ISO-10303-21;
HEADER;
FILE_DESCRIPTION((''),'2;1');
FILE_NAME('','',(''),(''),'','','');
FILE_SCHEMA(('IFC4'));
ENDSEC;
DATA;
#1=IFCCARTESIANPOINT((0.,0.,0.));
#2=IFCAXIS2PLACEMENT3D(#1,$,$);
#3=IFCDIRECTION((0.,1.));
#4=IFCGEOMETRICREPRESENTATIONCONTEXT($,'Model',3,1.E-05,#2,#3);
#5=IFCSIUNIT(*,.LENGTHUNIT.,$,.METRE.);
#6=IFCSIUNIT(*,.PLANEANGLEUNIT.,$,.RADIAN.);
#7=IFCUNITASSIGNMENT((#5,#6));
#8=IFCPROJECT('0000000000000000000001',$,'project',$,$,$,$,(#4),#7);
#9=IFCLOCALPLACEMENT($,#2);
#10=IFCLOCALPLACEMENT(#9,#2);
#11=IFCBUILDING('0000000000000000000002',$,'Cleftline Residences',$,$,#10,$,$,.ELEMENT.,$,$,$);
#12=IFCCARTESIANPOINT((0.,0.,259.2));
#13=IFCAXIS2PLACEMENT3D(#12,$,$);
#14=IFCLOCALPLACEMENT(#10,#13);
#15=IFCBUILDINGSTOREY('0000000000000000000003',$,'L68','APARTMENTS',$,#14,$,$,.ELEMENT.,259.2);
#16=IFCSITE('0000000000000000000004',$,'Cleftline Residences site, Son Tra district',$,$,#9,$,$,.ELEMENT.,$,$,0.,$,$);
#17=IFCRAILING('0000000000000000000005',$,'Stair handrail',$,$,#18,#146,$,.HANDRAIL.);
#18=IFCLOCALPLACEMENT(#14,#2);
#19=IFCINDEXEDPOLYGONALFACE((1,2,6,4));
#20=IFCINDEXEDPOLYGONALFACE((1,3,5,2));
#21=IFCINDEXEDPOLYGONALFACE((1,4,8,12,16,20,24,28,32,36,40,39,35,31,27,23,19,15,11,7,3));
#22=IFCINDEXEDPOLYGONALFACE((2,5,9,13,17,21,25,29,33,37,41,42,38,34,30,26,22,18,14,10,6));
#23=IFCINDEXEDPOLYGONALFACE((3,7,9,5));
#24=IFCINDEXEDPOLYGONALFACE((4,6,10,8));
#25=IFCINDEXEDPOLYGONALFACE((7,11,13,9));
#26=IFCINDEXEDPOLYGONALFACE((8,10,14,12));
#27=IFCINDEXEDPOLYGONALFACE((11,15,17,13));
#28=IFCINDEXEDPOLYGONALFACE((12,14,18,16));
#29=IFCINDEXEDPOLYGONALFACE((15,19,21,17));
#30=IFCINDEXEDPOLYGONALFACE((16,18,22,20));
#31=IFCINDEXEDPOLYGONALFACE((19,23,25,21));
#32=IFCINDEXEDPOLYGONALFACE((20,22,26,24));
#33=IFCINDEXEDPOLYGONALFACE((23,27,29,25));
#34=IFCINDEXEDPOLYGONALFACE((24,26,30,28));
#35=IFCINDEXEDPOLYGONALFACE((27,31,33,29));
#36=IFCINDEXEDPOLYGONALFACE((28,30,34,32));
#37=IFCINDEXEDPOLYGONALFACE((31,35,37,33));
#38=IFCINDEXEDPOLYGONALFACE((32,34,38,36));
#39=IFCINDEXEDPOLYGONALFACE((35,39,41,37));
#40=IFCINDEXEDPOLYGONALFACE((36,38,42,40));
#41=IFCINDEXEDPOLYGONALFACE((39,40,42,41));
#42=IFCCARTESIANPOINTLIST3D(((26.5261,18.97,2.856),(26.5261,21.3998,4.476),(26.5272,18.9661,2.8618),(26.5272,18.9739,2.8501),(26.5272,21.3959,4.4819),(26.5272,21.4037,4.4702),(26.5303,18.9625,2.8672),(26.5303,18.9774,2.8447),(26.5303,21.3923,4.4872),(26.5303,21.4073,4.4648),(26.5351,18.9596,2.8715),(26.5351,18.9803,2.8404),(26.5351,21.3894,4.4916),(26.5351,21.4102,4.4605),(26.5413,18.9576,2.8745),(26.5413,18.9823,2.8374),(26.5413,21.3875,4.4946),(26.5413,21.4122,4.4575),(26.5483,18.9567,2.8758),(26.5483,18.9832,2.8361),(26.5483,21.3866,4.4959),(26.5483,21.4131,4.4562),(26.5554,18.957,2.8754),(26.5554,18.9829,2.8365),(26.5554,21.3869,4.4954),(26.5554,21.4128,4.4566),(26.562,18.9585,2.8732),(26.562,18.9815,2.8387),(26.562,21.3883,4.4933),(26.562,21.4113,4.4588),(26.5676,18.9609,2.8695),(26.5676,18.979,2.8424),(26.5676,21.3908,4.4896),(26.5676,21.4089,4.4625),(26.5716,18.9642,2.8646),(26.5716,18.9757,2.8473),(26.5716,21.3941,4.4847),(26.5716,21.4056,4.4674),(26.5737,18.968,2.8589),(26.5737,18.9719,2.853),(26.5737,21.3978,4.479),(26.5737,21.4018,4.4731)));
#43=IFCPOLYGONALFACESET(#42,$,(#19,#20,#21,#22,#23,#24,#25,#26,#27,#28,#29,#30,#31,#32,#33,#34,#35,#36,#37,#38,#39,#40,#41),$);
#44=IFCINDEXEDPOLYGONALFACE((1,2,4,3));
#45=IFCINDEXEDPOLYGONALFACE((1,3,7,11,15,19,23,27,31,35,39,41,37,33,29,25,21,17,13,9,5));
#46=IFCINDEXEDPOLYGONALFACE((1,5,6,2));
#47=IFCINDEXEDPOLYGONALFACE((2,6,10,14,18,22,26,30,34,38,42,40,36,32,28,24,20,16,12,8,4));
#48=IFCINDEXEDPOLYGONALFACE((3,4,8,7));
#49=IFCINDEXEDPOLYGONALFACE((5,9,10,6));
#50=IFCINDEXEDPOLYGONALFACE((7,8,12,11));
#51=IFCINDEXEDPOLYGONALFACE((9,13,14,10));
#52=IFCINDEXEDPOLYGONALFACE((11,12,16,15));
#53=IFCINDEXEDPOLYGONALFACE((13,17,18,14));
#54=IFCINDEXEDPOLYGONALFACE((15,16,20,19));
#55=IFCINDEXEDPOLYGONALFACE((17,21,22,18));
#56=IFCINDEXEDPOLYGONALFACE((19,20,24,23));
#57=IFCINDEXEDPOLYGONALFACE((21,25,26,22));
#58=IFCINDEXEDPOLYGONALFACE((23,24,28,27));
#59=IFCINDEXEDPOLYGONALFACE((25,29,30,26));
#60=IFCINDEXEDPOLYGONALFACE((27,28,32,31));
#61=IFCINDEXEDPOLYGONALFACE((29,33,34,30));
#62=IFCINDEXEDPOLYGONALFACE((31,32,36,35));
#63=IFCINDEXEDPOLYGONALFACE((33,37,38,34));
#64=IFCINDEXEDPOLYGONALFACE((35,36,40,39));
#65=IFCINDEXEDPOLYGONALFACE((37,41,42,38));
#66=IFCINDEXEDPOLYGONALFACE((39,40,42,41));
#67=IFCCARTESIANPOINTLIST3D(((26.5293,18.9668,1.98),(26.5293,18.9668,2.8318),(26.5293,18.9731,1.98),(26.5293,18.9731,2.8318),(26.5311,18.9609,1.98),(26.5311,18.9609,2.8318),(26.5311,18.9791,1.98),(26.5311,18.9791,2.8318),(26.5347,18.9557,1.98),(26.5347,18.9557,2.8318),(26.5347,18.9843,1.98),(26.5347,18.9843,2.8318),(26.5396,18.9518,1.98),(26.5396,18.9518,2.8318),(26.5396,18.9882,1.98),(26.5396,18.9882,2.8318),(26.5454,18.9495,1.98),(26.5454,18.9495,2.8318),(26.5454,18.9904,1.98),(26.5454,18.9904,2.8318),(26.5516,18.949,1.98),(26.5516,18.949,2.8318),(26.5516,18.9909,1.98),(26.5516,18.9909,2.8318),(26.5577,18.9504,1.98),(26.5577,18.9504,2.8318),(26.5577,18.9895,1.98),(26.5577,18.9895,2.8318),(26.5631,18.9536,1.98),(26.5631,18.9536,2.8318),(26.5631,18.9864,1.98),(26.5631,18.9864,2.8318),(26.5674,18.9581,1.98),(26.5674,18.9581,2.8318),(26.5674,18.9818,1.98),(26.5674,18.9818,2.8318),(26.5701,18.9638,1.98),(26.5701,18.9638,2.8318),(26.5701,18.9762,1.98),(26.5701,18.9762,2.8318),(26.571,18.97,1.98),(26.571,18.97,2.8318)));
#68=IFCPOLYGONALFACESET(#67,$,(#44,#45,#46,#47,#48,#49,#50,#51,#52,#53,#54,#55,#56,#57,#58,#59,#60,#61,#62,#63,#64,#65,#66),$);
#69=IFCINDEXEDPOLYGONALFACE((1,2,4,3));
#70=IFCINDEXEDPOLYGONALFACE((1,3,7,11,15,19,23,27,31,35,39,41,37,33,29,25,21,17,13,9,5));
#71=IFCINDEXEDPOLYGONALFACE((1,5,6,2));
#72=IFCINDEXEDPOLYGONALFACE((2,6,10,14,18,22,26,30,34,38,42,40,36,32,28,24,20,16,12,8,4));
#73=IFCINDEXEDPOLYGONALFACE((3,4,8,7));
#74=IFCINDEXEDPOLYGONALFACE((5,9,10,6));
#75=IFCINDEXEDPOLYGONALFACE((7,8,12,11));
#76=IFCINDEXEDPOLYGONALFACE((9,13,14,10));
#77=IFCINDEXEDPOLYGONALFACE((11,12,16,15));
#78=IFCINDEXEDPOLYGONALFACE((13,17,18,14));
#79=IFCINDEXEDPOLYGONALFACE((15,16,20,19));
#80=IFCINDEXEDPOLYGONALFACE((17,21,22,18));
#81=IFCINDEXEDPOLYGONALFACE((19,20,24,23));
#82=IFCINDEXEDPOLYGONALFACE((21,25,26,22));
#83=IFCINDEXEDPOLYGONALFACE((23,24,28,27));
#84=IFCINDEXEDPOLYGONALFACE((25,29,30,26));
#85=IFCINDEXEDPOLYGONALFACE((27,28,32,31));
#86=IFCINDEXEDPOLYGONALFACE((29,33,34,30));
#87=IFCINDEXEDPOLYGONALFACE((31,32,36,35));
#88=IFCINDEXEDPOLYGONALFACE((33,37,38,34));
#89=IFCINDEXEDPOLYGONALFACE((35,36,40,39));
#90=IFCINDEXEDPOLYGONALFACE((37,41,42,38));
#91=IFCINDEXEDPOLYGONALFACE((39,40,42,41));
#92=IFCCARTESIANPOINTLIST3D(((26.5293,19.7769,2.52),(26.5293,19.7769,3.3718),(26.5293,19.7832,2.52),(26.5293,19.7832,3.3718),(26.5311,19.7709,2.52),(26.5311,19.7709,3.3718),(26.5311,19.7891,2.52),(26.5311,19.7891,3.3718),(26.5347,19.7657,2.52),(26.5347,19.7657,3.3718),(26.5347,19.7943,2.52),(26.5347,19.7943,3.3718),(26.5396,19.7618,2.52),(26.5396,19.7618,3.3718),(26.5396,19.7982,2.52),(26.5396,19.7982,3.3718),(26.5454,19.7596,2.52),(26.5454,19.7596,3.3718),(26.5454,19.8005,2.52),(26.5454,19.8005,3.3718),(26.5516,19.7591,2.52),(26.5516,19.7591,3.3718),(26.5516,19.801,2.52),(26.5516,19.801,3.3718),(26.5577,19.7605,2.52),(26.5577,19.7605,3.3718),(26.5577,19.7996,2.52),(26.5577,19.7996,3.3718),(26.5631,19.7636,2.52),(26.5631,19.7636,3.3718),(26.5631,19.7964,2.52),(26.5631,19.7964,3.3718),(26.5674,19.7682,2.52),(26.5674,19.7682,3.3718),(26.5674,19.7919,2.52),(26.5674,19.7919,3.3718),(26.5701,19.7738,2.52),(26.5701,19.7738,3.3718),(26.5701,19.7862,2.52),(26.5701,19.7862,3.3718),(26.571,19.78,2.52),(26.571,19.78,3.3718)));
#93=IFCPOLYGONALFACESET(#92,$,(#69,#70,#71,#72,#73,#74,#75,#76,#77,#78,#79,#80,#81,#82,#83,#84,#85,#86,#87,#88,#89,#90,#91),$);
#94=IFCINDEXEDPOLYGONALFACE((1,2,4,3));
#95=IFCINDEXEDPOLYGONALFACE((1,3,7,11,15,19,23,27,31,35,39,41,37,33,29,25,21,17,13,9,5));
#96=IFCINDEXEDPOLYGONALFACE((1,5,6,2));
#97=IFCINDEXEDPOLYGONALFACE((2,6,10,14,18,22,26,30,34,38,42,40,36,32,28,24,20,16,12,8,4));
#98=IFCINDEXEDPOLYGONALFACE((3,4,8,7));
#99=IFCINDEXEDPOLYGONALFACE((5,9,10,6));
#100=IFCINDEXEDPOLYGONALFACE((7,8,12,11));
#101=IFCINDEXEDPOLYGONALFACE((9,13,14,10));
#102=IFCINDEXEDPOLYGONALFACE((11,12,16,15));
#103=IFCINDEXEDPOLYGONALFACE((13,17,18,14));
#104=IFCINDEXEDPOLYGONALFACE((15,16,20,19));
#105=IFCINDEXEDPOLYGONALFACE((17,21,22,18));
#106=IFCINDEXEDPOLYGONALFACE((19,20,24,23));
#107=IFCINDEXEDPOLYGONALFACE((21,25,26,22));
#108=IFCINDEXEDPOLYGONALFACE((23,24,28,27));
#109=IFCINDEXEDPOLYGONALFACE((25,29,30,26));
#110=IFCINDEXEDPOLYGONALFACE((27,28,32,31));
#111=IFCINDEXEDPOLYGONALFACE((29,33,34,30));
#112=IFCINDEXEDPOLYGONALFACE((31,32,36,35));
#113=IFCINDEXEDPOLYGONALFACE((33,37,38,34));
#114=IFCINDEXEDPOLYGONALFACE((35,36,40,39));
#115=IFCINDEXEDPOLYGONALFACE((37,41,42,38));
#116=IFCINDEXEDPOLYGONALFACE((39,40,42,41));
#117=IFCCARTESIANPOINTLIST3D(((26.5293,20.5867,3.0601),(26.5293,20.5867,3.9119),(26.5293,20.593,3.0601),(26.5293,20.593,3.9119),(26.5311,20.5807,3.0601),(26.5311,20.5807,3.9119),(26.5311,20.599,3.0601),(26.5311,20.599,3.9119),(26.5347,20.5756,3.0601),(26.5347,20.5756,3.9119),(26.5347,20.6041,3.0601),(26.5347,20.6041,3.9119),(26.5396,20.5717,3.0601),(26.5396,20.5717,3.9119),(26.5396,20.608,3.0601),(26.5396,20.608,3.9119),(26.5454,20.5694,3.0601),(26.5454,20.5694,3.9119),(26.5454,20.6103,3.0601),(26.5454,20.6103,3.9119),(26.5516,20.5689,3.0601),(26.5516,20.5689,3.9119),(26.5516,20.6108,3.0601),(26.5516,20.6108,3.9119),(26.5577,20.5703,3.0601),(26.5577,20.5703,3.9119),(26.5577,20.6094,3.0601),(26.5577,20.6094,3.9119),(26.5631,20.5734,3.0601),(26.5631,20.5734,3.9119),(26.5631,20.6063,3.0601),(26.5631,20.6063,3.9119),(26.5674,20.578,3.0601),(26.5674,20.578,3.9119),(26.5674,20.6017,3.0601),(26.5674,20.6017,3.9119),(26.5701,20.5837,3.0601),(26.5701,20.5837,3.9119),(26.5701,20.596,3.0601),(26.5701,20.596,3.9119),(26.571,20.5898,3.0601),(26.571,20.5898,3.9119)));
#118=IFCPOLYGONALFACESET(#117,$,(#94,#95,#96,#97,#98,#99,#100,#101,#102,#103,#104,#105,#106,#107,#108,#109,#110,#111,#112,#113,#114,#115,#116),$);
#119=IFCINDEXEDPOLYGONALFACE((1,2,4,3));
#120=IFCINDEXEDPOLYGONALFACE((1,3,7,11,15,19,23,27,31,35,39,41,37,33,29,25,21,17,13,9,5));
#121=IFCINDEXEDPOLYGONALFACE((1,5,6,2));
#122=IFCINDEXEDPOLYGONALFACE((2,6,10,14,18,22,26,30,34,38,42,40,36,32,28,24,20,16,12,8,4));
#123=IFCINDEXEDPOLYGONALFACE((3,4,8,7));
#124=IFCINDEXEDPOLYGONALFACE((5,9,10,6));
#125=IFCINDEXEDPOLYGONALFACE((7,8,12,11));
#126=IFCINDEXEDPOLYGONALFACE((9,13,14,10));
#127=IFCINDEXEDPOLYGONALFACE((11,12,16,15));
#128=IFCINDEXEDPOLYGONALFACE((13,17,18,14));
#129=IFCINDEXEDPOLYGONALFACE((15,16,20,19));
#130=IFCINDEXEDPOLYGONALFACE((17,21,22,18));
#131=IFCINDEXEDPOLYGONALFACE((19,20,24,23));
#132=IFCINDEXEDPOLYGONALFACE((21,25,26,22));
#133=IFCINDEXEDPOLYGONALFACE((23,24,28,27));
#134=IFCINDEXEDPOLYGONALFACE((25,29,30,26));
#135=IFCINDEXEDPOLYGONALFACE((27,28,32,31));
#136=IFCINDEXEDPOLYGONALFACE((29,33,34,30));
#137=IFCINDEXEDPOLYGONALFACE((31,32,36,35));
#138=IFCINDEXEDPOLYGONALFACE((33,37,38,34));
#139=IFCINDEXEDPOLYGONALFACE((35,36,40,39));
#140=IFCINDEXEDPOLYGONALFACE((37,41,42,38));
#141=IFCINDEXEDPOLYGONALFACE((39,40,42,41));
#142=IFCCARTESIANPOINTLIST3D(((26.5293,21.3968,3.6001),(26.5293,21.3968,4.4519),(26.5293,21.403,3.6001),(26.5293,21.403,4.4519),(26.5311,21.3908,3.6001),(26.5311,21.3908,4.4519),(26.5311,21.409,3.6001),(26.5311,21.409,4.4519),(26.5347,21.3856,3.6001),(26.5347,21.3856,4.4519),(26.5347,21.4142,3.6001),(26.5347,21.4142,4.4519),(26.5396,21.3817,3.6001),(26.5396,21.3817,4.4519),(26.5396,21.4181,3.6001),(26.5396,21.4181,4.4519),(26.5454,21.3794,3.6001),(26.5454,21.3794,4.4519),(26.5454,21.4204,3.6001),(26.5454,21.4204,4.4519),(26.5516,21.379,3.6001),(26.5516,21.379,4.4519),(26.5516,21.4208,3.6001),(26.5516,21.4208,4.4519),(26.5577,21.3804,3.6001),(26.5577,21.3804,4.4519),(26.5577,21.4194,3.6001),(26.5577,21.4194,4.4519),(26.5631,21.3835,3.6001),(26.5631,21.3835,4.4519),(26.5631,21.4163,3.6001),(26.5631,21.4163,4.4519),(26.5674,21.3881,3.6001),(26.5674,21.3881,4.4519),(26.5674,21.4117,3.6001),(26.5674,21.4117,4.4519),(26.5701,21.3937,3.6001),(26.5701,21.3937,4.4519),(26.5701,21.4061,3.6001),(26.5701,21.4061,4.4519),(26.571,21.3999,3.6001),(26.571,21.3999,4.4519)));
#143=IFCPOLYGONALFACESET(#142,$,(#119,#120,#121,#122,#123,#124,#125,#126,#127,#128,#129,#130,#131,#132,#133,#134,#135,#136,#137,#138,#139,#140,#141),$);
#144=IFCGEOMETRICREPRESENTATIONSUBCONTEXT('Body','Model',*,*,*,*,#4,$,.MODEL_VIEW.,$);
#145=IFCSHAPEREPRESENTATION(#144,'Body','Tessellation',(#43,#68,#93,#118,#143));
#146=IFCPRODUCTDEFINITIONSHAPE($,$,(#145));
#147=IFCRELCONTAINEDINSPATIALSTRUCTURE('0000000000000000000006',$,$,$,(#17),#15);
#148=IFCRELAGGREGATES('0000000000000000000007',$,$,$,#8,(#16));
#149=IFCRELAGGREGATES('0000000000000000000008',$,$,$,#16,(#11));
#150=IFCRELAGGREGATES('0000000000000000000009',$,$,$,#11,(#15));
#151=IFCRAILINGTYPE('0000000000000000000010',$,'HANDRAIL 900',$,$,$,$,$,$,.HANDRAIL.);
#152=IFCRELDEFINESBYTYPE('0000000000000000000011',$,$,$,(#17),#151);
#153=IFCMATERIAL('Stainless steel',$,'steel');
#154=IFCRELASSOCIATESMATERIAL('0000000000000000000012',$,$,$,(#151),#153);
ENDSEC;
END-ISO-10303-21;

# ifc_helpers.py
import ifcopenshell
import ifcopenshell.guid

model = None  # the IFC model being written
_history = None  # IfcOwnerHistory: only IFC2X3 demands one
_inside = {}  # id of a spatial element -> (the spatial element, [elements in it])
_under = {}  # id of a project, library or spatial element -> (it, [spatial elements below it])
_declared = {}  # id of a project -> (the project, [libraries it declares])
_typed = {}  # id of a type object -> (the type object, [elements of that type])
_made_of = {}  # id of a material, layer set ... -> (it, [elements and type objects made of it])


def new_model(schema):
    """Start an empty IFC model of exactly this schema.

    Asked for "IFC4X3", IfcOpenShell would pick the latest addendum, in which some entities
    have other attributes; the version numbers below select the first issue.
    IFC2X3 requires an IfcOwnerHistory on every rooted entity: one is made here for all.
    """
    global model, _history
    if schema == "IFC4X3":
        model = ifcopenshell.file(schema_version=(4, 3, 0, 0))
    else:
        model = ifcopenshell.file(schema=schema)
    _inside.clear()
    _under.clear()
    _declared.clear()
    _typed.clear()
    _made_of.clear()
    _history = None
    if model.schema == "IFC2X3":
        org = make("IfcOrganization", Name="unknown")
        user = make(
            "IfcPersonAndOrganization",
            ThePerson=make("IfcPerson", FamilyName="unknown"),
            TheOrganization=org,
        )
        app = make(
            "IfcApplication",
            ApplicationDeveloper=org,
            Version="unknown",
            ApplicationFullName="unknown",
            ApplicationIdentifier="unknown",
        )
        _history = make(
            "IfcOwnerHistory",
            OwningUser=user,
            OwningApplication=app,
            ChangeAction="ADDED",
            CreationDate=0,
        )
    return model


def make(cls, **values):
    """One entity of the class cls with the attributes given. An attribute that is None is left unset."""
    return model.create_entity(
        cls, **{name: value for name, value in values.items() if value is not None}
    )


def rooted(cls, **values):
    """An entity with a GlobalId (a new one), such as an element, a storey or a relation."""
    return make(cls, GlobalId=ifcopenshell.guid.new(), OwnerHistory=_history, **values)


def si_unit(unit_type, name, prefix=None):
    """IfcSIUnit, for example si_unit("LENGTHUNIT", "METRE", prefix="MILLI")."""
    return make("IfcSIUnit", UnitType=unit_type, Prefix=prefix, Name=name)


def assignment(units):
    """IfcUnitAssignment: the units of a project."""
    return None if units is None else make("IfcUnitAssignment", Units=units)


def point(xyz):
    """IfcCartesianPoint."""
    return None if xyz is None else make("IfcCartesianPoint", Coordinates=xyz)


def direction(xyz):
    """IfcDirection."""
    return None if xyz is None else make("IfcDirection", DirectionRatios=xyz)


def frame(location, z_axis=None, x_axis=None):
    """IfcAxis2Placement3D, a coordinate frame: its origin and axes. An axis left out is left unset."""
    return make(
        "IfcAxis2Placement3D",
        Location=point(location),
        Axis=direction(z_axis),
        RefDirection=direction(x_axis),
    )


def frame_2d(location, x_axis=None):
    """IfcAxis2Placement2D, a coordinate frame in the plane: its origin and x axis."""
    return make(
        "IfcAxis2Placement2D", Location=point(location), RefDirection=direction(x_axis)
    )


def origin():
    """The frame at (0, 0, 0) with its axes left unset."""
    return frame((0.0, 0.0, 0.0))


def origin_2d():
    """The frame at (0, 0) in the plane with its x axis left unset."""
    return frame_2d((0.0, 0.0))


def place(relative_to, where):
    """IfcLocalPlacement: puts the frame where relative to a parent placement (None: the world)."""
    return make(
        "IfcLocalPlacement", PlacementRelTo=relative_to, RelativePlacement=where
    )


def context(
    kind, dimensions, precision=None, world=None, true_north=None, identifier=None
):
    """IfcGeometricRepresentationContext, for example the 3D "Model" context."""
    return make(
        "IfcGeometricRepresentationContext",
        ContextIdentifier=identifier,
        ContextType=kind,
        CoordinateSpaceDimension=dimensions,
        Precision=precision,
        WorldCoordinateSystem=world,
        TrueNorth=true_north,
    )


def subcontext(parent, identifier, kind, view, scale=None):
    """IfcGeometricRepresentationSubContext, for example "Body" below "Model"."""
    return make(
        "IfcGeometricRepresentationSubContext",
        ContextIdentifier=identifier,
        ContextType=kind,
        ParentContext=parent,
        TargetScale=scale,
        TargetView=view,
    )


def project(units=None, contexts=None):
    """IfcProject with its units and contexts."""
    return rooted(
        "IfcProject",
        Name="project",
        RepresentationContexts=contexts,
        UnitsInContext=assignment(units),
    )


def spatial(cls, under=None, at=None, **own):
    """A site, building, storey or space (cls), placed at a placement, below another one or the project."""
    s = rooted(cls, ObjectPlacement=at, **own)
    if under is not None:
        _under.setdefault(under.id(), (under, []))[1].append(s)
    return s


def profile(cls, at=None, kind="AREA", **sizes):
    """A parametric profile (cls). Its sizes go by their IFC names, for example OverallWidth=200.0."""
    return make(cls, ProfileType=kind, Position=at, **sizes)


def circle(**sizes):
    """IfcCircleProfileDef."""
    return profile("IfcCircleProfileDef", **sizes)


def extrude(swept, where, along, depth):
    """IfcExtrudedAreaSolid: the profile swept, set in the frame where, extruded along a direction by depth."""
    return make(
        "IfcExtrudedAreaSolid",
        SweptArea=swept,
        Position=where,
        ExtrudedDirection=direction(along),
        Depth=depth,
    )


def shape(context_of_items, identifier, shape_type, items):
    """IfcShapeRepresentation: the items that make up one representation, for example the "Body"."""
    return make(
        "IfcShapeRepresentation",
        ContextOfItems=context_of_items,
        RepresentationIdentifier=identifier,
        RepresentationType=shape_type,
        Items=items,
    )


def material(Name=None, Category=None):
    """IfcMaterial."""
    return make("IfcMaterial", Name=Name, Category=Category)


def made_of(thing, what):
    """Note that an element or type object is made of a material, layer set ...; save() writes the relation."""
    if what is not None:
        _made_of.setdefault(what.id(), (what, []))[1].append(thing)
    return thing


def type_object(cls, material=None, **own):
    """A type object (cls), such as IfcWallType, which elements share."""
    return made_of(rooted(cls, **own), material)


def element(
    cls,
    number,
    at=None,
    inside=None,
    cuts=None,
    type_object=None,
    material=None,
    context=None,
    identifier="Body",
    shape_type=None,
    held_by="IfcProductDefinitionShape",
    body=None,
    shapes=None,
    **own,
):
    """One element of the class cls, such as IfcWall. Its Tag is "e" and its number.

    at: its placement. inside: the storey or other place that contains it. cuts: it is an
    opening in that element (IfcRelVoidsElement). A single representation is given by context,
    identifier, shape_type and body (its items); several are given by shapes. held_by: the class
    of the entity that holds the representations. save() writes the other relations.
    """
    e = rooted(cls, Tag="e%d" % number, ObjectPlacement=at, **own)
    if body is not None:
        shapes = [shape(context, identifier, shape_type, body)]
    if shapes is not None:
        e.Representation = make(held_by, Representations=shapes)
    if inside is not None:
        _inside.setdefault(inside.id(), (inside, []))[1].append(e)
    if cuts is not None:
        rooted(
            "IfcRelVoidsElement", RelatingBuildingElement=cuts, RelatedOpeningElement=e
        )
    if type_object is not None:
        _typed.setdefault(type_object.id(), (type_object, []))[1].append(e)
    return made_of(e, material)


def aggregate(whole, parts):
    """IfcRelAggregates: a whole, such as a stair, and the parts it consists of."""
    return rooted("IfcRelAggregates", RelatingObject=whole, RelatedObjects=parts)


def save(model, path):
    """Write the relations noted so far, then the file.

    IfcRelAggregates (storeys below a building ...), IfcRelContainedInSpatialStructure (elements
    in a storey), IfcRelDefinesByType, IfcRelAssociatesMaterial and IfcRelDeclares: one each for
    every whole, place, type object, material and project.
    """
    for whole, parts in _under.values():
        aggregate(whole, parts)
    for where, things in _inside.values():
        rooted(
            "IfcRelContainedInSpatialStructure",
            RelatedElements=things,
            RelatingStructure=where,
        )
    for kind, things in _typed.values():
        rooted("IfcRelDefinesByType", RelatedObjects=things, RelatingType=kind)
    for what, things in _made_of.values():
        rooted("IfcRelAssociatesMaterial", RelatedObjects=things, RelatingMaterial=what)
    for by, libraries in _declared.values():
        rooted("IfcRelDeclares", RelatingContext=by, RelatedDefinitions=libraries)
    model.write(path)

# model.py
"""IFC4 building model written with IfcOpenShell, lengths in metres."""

from ifc_helpers import new_model, si_unit, direction, frame, origin, origin_2d, place, context, subcontext, project, spatial, circle, extrude, material, type_object, element, save


model = new_model("IFC4")

# Units and contexts
model_context = context("Model", 3, precision=1e-05, world=origin(), true_north=direction((0.0, 1.0)))
body_context = subcontext(model_context, "Body", "Model", "MODEL_VIEW")
ifc_project = project(units=[si_unit("LENGTHUNIT", "METRE"), si_unit("PLANEANGLEUNIT", "RADIAN")], contexts=[model_context])

# Site, building, storey
site_placement = place(None, origin())
site = spatial("IfcSite", under=ifc_project, at=site_placement, Name="Cleftline Residences site, Son Tra district", CompositionType="ELEMENT", RefElevation=0.0)
building_placement = place(site_placement, origin())
building = spatial("IfcBuilding", under=site, at=building_placement, Name="Cleftline Residences", CompositionType="ELEMENT")
storey_placement = place(building_placement, frame((0.0, 0.0, 259.2)))
storey = spatial("IfcBuildingStorey", under=building, at=storey_placement, Name="L68", Description="APARTMENTS", CompositionType="ELEMENT", Elevation=259.2)

# Railing
ifc_material_1 = material(Name="Stainless steel", Category="steel")
railing_type = type_object("IfcRailingType", Name="HANDRAIL 900", PredefinedType="HANDRAIL", material=ifc_material_1)
railing_1_placement = place(storey_placement, frame((26.55, 18.97, 1.98)))
element("IfcRailing", 1, at=railing_1_placement, inside=storey, type_object=railing_type, Name="Stair handrail", PredefinedType="HANDRAIL", context=body_context, shape_type="SweptSolid", body=[
    extrude(circle(Radius=0.0239, at=origin_2d()), frame((0.0, 0.0, 0.876), z_axis=(0.0, 0.832025, 0.554739), x_axis=(-1.0, 0.0, 0.0)), (0.0, 0.0, 1.0), 2.9204),
    extrude(circle(Radius=0.021, at=origin_2d()), origin(), (0.0, 0.0, 1.0), 0.8518),
    extrude(circle(Radius=0.021, at=origin_2d()), frame((0.0, 0.8101, 0.54)), (0.0, 0.0, 1.0), 0.8518),
    extrude(circle(Radius=0.021, at=origin_2d()), frame((0.0, 1.6199, 1.0801)), (0.0, 0.0, 1.0), 0.8518),
    extrude(circle(Radius=0.021, at=origin_2d()), frame((0.0, 2.4299, 1.6201)), (0.0, 0.0, 1.0), 0.8518),
])

save(model, "model.ifc")
